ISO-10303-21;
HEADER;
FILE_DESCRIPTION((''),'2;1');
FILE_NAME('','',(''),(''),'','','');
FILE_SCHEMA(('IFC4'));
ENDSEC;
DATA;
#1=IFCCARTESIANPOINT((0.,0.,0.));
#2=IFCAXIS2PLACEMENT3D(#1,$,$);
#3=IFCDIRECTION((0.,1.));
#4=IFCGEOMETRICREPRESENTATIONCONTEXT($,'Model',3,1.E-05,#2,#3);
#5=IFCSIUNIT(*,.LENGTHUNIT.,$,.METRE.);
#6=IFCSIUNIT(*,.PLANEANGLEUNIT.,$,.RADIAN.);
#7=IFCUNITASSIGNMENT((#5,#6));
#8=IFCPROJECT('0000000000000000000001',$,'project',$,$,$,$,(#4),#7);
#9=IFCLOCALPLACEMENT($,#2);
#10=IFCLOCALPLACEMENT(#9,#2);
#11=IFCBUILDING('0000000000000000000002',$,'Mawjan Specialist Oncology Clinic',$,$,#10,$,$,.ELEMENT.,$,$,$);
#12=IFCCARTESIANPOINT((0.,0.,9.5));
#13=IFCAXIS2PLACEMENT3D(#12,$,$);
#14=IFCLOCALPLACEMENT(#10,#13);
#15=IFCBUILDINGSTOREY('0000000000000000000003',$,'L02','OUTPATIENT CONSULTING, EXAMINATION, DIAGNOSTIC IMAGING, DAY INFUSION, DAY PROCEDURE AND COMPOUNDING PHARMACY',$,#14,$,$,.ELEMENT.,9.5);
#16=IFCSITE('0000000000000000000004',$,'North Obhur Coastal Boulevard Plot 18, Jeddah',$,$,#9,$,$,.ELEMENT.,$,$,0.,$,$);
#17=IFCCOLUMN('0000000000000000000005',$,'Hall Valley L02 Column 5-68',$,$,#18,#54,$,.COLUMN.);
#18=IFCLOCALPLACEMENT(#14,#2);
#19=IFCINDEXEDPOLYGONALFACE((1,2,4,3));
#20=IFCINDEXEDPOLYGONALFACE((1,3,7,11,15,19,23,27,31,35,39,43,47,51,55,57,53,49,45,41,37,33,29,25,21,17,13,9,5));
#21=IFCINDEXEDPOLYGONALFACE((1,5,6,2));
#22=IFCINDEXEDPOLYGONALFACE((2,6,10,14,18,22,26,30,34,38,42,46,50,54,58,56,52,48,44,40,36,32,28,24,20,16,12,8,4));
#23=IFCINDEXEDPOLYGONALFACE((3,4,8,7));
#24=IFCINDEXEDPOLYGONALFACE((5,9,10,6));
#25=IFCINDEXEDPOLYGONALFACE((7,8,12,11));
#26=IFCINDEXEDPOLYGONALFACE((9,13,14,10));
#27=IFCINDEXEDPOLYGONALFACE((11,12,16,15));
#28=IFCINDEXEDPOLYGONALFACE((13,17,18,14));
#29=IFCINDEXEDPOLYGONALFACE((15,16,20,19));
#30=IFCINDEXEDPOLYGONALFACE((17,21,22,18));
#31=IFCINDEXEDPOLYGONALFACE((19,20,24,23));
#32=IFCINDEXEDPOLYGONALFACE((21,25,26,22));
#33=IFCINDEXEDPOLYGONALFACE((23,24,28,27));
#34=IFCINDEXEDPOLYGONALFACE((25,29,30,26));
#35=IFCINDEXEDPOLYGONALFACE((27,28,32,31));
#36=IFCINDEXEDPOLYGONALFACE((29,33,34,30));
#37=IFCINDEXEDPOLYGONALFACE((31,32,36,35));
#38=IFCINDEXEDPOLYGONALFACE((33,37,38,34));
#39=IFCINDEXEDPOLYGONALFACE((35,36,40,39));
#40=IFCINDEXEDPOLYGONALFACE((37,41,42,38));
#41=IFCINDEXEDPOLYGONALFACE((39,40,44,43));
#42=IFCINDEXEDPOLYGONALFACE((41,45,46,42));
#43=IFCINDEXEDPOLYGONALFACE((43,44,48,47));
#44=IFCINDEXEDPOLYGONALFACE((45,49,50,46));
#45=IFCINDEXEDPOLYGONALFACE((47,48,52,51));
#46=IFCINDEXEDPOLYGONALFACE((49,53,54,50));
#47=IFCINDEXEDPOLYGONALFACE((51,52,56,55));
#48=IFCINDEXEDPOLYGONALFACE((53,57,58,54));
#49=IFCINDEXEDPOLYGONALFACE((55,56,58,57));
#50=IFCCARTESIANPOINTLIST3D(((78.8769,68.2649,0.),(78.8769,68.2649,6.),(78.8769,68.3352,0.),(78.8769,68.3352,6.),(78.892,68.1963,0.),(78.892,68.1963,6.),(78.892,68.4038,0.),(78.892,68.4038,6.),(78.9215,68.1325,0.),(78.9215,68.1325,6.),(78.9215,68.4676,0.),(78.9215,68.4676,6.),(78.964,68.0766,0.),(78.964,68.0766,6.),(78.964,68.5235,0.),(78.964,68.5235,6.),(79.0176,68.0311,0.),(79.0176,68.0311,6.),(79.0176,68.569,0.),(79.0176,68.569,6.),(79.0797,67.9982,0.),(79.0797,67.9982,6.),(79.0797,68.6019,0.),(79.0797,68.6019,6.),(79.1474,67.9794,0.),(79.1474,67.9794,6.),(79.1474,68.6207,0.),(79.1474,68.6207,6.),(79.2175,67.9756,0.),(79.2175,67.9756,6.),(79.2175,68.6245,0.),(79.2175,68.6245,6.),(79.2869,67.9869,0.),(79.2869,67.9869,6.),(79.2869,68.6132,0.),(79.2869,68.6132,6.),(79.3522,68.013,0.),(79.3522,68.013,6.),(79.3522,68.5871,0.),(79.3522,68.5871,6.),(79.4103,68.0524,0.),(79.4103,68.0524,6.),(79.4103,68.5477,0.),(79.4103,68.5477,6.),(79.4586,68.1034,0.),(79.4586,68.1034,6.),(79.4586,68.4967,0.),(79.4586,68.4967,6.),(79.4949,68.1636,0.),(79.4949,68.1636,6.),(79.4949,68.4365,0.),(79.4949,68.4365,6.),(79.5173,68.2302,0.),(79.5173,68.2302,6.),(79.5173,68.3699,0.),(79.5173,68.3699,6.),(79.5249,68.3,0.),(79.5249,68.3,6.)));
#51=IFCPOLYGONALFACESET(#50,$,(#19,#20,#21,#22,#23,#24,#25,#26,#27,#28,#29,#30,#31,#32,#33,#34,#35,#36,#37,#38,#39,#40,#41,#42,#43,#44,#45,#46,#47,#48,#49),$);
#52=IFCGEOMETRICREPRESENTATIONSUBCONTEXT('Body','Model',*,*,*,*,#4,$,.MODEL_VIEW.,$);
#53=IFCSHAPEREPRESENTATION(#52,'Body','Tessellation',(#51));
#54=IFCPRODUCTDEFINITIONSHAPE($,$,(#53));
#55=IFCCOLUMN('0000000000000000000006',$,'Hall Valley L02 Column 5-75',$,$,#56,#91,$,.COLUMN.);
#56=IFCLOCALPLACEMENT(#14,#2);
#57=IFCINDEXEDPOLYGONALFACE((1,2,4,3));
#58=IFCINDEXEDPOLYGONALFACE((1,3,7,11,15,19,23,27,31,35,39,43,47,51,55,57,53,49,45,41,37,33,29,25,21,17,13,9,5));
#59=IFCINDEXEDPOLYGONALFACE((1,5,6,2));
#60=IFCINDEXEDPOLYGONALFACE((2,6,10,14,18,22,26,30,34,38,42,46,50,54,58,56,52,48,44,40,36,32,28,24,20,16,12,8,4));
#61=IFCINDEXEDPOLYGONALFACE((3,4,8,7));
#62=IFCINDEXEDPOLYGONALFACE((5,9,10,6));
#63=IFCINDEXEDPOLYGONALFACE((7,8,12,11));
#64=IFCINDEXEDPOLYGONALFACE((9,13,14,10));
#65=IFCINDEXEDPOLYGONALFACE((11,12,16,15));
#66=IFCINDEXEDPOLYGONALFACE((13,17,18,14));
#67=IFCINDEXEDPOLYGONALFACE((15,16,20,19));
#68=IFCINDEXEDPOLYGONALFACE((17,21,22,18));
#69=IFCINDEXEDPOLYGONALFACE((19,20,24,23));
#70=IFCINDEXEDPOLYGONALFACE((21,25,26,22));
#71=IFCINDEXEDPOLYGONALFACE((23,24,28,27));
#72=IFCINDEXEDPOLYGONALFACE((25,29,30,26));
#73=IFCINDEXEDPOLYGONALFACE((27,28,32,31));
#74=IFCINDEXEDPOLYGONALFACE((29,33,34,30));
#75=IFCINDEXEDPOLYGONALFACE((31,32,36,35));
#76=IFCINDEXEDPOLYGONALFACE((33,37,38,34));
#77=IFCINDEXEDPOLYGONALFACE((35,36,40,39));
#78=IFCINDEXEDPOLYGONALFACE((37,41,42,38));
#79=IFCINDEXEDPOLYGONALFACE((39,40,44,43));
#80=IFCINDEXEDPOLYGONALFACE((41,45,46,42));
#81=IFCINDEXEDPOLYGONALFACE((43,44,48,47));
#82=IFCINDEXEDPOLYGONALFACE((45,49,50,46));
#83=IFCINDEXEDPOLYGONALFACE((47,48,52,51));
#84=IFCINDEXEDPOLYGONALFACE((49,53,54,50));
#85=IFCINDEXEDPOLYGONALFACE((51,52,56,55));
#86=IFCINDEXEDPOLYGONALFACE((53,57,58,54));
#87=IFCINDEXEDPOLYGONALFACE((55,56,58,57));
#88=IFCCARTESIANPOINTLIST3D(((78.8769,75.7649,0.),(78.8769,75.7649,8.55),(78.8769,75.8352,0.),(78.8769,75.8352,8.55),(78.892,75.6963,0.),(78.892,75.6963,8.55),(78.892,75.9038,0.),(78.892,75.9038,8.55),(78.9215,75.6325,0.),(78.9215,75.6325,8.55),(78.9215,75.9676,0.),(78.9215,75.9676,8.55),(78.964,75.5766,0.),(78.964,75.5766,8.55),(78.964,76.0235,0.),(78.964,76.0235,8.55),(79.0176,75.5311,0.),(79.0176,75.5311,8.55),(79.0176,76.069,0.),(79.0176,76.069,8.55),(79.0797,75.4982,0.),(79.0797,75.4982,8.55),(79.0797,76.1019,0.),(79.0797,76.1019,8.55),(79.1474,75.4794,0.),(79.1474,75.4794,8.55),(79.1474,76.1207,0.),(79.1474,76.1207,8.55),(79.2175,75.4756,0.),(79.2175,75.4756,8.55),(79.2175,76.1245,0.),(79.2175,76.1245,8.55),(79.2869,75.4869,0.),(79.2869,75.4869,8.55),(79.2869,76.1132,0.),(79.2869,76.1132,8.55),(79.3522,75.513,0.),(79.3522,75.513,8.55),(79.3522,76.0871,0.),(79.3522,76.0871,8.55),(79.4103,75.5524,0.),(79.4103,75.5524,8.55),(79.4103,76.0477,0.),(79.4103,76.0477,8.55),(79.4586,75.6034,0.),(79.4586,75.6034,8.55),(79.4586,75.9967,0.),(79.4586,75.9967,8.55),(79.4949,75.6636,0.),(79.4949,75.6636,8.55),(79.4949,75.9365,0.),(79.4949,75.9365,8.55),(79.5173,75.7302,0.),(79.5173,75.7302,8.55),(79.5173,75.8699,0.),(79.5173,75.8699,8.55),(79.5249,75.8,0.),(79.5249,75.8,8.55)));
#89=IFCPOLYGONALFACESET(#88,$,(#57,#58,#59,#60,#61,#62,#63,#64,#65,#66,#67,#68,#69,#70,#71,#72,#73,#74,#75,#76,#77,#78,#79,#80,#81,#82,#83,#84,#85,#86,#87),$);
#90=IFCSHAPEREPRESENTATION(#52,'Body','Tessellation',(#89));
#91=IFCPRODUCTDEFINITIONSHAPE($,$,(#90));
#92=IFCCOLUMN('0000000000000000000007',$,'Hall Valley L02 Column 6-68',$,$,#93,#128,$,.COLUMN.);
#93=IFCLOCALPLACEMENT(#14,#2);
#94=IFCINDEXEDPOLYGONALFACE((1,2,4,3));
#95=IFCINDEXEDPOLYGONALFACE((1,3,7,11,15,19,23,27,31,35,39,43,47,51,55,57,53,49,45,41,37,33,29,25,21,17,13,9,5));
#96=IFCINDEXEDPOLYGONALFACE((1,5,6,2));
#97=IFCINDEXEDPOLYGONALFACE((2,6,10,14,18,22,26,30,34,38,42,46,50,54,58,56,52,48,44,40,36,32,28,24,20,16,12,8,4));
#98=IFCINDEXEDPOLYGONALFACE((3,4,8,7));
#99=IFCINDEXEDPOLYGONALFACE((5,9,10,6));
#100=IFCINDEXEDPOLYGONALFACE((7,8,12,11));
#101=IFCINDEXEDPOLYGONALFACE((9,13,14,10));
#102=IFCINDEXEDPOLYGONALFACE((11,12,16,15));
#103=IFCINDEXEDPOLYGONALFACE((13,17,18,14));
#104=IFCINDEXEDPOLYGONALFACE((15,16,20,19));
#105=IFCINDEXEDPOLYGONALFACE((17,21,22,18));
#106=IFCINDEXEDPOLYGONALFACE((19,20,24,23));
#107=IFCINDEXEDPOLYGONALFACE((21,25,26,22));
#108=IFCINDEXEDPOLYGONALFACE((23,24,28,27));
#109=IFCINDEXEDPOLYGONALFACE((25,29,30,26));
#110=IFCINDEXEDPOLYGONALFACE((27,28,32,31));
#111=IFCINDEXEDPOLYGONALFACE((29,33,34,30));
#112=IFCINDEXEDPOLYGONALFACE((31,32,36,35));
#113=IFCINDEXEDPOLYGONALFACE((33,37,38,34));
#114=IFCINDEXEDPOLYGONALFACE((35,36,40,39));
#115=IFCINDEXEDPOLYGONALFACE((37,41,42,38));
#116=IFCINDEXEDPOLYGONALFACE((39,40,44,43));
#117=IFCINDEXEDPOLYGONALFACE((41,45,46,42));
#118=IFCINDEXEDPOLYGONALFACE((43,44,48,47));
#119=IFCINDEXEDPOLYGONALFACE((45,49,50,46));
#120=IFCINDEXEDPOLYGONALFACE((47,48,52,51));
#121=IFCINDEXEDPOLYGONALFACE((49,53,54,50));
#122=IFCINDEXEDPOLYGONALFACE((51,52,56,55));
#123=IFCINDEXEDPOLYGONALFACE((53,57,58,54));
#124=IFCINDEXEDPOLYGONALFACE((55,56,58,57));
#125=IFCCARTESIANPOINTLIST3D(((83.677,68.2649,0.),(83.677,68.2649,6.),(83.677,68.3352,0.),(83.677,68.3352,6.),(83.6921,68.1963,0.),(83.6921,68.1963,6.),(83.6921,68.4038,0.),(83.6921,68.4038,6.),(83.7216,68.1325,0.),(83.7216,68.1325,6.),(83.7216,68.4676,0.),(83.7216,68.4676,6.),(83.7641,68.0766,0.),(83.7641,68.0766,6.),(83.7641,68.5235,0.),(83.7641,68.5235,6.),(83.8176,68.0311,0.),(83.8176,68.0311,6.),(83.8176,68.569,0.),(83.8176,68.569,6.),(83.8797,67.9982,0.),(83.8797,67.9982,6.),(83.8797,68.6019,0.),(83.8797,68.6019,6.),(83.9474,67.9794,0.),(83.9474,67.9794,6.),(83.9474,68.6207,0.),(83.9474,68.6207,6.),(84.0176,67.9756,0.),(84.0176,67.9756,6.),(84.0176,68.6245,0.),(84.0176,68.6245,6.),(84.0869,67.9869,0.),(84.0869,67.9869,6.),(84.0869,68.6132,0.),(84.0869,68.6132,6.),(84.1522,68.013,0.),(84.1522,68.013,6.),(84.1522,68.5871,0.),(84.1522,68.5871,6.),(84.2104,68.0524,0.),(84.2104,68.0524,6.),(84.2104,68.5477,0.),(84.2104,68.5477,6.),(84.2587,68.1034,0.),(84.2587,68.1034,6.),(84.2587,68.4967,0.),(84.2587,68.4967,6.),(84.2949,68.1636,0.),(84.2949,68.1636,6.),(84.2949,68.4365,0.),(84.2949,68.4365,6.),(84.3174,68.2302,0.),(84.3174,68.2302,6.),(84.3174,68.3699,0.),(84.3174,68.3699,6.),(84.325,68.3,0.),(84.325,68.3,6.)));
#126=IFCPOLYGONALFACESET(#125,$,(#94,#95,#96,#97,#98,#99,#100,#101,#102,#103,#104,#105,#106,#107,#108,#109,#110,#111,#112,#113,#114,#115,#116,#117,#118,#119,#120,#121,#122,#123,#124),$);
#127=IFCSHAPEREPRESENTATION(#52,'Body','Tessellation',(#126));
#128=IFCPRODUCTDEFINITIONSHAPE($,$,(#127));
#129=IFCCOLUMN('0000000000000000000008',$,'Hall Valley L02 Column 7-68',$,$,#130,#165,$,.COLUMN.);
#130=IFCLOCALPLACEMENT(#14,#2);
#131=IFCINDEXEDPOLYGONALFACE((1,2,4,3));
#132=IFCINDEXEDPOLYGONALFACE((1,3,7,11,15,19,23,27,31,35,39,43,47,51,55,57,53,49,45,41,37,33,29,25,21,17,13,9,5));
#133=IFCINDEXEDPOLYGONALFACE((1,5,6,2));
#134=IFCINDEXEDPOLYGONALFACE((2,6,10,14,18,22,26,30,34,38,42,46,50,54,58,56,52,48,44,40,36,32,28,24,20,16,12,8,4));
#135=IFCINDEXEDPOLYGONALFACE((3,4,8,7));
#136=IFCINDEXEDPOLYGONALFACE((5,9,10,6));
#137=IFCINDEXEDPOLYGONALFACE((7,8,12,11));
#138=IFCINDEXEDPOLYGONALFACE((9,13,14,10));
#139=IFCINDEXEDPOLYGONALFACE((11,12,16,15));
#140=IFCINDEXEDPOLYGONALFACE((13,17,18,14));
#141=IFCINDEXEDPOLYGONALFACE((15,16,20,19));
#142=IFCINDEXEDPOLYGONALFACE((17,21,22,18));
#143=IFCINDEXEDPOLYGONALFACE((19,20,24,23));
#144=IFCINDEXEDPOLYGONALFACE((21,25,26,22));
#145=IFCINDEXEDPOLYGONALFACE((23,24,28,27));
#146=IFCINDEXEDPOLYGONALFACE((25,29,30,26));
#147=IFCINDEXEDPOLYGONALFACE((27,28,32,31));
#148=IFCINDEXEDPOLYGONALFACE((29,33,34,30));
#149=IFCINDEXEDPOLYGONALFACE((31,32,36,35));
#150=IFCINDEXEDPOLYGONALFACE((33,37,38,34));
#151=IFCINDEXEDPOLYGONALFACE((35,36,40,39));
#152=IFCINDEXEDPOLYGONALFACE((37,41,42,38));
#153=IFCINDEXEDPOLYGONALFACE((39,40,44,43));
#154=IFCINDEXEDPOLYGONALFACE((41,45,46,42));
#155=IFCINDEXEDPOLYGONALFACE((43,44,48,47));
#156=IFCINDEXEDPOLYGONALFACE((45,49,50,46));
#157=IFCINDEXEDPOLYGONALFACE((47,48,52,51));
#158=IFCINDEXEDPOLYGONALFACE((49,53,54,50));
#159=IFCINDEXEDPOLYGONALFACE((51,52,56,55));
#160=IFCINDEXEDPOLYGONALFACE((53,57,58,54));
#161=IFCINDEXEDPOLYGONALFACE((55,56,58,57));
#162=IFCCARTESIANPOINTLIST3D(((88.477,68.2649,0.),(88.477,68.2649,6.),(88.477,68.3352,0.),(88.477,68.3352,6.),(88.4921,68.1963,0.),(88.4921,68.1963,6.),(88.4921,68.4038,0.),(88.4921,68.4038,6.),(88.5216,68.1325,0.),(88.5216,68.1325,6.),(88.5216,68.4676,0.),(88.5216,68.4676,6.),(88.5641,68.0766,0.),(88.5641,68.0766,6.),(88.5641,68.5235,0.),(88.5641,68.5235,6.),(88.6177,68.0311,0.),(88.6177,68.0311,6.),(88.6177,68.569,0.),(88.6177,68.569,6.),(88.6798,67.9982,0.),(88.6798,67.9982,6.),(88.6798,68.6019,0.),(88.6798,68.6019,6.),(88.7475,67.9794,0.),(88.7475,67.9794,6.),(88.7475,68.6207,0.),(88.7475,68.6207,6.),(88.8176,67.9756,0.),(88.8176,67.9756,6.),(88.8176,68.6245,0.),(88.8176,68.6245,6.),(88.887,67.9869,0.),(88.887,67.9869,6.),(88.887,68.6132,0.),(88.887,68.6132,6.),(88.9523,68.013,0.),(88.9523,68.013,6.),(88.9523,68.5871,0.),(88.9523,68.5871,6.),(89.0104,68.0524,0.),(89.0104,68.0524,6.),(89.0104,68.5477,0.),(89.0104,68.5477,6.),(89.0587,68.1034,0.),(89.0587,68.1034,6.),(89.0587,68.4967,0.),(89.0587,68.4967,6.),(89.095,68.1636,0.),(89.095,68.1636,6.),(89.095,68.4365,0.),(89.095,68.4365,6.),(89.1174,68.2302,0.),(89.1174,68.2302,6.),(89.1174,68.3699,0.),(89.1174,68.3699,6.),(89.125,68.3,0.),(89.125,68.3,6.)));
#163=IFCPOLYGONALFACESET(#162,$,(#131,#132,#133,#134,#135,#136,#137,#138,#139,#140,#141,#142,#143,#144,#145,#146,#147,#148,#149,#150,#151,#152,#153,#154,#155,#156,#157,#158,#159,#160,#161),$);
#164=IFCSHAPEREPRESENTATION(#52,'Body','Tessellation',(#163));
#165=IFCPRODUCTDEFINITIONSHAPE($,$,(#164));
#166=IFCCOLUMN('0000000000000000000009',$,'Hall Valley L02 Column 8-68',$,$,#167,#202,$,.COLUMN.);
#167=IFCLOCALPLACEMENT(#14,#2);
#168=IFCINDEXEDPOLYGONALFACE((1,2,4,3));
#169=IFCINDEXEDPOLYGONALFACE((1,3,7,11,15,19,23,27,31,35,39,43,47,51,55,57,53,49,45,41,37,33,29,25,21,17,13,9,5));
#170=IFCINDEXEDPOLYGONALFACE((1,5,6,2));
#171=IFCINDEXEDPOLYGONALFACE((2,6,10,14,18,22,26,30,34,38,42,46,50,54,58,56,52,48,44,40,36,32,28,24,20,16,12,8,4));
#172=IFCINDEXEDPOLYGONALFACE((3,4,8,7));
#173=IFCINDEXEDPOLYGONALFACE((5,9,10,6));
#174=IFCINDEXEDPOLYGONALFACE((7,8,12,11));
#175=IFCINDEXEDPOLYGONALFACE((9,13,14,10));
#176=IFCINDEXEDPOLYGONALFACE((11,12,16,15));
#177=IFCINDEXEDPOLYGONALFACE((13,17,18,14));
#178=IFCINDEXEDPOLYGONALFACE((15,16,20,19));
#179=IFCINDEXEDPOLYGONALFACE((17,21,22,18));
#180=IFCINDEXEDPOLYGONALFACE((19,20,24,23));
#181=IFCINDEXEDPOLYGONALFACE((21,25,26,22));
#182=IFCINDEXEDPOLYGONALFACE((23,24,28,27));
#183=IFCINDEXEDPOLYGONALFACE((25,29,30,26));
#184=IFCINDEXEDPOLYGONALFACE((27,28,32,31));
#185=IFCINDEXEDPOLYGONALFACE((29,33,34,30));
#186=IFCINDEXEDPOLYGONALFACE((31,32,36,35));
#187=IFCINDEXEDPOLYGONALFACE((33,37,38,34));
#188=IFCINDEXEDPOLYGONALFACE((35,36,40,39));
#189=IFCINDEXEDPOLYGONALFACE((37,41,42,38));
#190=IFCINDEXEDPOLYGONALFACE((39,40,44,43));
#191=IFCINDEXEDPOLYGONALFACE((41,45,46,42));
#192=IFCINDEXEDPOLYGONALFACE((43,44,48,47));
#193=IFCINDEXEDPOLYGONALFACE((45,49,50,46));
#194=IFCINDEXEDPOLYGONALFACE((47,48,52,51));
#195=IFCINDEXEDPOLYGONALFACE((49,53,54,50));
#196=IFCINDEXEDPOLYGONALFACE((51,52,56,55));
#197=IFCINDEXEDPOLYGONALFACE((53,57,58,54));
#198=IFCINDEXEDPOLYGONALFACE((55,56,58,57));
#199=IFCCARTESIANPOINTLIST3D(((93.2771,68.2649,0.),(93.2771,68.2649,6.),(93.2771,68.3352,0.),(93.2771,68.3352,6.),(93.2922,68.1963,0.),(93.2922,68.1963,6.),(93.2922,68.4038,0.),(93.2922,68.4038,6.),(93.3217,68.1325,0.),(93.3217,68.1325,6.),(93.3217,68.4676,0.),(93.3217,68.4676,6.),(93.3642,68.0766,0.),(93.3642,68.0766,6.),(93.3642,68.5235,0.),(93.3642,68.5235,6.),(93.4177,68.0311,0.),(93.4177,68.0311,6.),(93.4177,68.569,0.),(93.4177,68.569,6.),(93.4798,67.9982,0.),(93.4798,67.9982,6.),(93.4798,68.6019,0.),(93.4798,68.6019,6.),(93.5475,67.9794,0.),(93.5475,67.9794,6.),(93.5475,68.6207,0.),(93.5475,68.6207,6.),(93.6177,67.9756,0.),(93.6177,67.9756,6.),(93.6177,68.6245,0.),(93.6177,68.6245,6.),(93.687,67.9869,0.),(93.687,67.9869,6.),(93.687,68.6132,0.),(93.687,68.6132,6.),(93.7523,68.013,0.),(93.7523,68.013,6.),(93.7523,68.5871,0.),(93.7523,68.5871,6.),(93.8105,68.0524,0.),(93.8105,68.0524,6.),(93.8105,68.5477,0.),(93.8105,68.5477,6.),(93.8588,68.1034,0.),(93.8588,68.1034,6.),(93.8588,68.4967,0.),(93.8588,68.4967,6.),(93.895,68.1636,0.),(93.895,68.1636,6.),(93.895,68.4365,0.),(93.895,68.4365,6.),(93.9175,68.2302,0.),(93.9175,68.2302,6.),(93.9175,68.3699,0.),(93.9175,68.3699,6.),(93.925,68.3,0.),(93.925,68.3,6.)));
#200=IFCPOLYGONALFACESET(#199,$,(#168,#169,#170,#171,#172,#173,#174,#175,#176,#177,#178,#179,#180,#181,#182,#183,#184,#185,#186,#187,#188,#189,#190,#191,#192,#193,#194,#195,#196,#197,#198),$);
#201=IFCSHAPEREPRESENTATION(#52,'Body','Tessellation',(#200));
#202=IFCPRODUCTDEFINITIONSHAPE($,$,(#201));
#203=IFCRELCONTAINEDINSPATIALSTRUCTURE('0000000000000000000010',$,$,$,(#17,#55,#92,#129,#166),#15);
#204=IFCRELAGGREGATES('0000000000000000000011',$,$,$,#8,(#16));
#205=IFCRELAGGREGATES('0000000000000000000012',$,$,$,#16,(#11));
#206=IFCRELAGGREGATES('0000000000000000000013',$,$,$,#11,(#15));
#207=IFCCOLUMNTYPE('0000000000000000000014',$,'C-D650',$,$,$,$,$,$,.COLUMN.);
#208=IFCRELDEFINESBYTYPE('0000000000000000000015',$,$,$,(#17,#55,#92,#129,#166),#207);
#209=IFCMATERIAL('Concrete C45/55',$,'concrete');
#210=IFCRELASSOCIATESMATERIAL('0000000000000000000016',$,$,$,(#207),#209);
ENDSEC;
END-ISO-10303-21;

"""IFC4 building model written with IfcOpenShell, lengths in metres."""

from ifc_helpers import new_model, si_unit, direction, frame, origin, origin_2d, place, context, subcontext, project, spatial, circle, extrude, material, material_profile, profile_set, type_object, element, save


model = new_model("IFC4")

# Units and contexts
model_context = context("Model", 3, precision=1e-05, world=origin(), true_north=direction((0.0, 1.0)))
body_context = subcontext(model_context, "Body", "Model", "MODEL_VIEW")
ifc_project = project(units=[si_unit("LENGTHUNIT", "METRE"), si_unit("PLANEANGLEUNIT", "RADIAN")], contexts=[model_context])

# Site, building, storey
site_placement = place(None, origin())
site = spatial("IfcSite", under=ifc_project, at=site_placement, Name="North Obhur Coastal Boulevard Plot 18, Jeddah", CompositionType="ELEMENT", RefElevation=0.0)
building_placement = place(site_placement, origin())
building = spatial("IfcBuilding", under=site, at=building_placement, Name="Mawjan Specialist Oncology Clinic", CompositionType="ELEMENT")
storey_placement = place(building_placement, frame((0.0, 0.0, 9.5)))
storey = spatial("IfcBuildingStorey", under=building, at=storey_placement, Name="L02", Description="OUTPATIENT CONSULTING, EXAMINATION, DIAGNOSTIC IMAGING, DAY INFUSION, DAY PROCEDURE AND COMPOUNDING PHARMACY", CompositionType="ELEMENT", Elevation=9.5)

# Columns
ifc_material_1 = material(Name="Concrete C45/55", Category="concrete")
ifc_material_profile_1 = material_profile(ifc_material_1, circle(Radius=0.325, at=origin_2d()), Name="RC COL D650", Category="concrete")
ifc_profile_set_1 = profile_set([ifc_material_profile_1], Name="Concrete C45/55")
column_type = type_object("IfcColumnType", Name="C-D650", PredefinedType="COLUMN", material=ifc_profile_set_1)
column_1_placement = place(storey_placement, frame((79.2, 68.3, 0.0), z_axis=(0.0, 0.0, 1.0), x_axis=(1.0, 0.0, 0.0)))
element("IfcColumn", 1, at=column_1_placement, inside=storey, type_object=column_type, Name="Hall Valley L02 Column 5-68", PredefinedType="COLUMN", context=body_context, shape_type="SweptSolid", body=[
    extrude(circle(Radius=0.325, at=origin_2d()), origin(), (0.0, 0.0, 1.0), 6.0),
])
column_2_placement = place(storey_placement, frame((79.2, 75.8, 0.0), z_axis=(0.0, 0.0, 1.0), x_axis=(1.0, 0.0, 0.0)))
element("IfcColumn", 2, at=column_2_placement, inside=storey, type_object=column_type, Name="Hall Valley L02 Column 5-75", PredefinedType="COLUMN", context=body_context, shape_type="SweptSolid", body=[
    extrude(circle(Radius=0.325, at=origin_2d()), origin(), (0.0, 0.0, 1.0), 8.55),
])
for number, where, z_axis, x_axis, name in (
    (3, (84.0, 68.3, 0.0), (0.0, 0.0, 1.0), (1.0, 0.0, 0.0), "Hall Valley L02 Column 6-68"),
    (4, (88.8, 68.3, 0.0), (0.0, 0.0, 1.0), (1.0, 0.0, 0.0), "Hall Valley L02 Column 7-68"),
    (5, (93.6001, 68.3, 0.0), (0.0, 0.0, 1.0), (1.0, 0.0, 0.0), "Hall Valley L02 Column 8-68"),
):
    element("IfcColumn", number, at=place(storey_placement, frame(where, z_axis=z_axis, x_axis=x_axis)), inside=storey, type_object=column_type, Name=name, PredefinedType="COLUMN", context=body_context, shape_type="SweptSolid", body=[
        extrude(circle(Radius=0.325, at=origin_2d()), origin(), (0.0, 0.0, 1.0), 6.0),
    ])

save(model, "model.ifc")
